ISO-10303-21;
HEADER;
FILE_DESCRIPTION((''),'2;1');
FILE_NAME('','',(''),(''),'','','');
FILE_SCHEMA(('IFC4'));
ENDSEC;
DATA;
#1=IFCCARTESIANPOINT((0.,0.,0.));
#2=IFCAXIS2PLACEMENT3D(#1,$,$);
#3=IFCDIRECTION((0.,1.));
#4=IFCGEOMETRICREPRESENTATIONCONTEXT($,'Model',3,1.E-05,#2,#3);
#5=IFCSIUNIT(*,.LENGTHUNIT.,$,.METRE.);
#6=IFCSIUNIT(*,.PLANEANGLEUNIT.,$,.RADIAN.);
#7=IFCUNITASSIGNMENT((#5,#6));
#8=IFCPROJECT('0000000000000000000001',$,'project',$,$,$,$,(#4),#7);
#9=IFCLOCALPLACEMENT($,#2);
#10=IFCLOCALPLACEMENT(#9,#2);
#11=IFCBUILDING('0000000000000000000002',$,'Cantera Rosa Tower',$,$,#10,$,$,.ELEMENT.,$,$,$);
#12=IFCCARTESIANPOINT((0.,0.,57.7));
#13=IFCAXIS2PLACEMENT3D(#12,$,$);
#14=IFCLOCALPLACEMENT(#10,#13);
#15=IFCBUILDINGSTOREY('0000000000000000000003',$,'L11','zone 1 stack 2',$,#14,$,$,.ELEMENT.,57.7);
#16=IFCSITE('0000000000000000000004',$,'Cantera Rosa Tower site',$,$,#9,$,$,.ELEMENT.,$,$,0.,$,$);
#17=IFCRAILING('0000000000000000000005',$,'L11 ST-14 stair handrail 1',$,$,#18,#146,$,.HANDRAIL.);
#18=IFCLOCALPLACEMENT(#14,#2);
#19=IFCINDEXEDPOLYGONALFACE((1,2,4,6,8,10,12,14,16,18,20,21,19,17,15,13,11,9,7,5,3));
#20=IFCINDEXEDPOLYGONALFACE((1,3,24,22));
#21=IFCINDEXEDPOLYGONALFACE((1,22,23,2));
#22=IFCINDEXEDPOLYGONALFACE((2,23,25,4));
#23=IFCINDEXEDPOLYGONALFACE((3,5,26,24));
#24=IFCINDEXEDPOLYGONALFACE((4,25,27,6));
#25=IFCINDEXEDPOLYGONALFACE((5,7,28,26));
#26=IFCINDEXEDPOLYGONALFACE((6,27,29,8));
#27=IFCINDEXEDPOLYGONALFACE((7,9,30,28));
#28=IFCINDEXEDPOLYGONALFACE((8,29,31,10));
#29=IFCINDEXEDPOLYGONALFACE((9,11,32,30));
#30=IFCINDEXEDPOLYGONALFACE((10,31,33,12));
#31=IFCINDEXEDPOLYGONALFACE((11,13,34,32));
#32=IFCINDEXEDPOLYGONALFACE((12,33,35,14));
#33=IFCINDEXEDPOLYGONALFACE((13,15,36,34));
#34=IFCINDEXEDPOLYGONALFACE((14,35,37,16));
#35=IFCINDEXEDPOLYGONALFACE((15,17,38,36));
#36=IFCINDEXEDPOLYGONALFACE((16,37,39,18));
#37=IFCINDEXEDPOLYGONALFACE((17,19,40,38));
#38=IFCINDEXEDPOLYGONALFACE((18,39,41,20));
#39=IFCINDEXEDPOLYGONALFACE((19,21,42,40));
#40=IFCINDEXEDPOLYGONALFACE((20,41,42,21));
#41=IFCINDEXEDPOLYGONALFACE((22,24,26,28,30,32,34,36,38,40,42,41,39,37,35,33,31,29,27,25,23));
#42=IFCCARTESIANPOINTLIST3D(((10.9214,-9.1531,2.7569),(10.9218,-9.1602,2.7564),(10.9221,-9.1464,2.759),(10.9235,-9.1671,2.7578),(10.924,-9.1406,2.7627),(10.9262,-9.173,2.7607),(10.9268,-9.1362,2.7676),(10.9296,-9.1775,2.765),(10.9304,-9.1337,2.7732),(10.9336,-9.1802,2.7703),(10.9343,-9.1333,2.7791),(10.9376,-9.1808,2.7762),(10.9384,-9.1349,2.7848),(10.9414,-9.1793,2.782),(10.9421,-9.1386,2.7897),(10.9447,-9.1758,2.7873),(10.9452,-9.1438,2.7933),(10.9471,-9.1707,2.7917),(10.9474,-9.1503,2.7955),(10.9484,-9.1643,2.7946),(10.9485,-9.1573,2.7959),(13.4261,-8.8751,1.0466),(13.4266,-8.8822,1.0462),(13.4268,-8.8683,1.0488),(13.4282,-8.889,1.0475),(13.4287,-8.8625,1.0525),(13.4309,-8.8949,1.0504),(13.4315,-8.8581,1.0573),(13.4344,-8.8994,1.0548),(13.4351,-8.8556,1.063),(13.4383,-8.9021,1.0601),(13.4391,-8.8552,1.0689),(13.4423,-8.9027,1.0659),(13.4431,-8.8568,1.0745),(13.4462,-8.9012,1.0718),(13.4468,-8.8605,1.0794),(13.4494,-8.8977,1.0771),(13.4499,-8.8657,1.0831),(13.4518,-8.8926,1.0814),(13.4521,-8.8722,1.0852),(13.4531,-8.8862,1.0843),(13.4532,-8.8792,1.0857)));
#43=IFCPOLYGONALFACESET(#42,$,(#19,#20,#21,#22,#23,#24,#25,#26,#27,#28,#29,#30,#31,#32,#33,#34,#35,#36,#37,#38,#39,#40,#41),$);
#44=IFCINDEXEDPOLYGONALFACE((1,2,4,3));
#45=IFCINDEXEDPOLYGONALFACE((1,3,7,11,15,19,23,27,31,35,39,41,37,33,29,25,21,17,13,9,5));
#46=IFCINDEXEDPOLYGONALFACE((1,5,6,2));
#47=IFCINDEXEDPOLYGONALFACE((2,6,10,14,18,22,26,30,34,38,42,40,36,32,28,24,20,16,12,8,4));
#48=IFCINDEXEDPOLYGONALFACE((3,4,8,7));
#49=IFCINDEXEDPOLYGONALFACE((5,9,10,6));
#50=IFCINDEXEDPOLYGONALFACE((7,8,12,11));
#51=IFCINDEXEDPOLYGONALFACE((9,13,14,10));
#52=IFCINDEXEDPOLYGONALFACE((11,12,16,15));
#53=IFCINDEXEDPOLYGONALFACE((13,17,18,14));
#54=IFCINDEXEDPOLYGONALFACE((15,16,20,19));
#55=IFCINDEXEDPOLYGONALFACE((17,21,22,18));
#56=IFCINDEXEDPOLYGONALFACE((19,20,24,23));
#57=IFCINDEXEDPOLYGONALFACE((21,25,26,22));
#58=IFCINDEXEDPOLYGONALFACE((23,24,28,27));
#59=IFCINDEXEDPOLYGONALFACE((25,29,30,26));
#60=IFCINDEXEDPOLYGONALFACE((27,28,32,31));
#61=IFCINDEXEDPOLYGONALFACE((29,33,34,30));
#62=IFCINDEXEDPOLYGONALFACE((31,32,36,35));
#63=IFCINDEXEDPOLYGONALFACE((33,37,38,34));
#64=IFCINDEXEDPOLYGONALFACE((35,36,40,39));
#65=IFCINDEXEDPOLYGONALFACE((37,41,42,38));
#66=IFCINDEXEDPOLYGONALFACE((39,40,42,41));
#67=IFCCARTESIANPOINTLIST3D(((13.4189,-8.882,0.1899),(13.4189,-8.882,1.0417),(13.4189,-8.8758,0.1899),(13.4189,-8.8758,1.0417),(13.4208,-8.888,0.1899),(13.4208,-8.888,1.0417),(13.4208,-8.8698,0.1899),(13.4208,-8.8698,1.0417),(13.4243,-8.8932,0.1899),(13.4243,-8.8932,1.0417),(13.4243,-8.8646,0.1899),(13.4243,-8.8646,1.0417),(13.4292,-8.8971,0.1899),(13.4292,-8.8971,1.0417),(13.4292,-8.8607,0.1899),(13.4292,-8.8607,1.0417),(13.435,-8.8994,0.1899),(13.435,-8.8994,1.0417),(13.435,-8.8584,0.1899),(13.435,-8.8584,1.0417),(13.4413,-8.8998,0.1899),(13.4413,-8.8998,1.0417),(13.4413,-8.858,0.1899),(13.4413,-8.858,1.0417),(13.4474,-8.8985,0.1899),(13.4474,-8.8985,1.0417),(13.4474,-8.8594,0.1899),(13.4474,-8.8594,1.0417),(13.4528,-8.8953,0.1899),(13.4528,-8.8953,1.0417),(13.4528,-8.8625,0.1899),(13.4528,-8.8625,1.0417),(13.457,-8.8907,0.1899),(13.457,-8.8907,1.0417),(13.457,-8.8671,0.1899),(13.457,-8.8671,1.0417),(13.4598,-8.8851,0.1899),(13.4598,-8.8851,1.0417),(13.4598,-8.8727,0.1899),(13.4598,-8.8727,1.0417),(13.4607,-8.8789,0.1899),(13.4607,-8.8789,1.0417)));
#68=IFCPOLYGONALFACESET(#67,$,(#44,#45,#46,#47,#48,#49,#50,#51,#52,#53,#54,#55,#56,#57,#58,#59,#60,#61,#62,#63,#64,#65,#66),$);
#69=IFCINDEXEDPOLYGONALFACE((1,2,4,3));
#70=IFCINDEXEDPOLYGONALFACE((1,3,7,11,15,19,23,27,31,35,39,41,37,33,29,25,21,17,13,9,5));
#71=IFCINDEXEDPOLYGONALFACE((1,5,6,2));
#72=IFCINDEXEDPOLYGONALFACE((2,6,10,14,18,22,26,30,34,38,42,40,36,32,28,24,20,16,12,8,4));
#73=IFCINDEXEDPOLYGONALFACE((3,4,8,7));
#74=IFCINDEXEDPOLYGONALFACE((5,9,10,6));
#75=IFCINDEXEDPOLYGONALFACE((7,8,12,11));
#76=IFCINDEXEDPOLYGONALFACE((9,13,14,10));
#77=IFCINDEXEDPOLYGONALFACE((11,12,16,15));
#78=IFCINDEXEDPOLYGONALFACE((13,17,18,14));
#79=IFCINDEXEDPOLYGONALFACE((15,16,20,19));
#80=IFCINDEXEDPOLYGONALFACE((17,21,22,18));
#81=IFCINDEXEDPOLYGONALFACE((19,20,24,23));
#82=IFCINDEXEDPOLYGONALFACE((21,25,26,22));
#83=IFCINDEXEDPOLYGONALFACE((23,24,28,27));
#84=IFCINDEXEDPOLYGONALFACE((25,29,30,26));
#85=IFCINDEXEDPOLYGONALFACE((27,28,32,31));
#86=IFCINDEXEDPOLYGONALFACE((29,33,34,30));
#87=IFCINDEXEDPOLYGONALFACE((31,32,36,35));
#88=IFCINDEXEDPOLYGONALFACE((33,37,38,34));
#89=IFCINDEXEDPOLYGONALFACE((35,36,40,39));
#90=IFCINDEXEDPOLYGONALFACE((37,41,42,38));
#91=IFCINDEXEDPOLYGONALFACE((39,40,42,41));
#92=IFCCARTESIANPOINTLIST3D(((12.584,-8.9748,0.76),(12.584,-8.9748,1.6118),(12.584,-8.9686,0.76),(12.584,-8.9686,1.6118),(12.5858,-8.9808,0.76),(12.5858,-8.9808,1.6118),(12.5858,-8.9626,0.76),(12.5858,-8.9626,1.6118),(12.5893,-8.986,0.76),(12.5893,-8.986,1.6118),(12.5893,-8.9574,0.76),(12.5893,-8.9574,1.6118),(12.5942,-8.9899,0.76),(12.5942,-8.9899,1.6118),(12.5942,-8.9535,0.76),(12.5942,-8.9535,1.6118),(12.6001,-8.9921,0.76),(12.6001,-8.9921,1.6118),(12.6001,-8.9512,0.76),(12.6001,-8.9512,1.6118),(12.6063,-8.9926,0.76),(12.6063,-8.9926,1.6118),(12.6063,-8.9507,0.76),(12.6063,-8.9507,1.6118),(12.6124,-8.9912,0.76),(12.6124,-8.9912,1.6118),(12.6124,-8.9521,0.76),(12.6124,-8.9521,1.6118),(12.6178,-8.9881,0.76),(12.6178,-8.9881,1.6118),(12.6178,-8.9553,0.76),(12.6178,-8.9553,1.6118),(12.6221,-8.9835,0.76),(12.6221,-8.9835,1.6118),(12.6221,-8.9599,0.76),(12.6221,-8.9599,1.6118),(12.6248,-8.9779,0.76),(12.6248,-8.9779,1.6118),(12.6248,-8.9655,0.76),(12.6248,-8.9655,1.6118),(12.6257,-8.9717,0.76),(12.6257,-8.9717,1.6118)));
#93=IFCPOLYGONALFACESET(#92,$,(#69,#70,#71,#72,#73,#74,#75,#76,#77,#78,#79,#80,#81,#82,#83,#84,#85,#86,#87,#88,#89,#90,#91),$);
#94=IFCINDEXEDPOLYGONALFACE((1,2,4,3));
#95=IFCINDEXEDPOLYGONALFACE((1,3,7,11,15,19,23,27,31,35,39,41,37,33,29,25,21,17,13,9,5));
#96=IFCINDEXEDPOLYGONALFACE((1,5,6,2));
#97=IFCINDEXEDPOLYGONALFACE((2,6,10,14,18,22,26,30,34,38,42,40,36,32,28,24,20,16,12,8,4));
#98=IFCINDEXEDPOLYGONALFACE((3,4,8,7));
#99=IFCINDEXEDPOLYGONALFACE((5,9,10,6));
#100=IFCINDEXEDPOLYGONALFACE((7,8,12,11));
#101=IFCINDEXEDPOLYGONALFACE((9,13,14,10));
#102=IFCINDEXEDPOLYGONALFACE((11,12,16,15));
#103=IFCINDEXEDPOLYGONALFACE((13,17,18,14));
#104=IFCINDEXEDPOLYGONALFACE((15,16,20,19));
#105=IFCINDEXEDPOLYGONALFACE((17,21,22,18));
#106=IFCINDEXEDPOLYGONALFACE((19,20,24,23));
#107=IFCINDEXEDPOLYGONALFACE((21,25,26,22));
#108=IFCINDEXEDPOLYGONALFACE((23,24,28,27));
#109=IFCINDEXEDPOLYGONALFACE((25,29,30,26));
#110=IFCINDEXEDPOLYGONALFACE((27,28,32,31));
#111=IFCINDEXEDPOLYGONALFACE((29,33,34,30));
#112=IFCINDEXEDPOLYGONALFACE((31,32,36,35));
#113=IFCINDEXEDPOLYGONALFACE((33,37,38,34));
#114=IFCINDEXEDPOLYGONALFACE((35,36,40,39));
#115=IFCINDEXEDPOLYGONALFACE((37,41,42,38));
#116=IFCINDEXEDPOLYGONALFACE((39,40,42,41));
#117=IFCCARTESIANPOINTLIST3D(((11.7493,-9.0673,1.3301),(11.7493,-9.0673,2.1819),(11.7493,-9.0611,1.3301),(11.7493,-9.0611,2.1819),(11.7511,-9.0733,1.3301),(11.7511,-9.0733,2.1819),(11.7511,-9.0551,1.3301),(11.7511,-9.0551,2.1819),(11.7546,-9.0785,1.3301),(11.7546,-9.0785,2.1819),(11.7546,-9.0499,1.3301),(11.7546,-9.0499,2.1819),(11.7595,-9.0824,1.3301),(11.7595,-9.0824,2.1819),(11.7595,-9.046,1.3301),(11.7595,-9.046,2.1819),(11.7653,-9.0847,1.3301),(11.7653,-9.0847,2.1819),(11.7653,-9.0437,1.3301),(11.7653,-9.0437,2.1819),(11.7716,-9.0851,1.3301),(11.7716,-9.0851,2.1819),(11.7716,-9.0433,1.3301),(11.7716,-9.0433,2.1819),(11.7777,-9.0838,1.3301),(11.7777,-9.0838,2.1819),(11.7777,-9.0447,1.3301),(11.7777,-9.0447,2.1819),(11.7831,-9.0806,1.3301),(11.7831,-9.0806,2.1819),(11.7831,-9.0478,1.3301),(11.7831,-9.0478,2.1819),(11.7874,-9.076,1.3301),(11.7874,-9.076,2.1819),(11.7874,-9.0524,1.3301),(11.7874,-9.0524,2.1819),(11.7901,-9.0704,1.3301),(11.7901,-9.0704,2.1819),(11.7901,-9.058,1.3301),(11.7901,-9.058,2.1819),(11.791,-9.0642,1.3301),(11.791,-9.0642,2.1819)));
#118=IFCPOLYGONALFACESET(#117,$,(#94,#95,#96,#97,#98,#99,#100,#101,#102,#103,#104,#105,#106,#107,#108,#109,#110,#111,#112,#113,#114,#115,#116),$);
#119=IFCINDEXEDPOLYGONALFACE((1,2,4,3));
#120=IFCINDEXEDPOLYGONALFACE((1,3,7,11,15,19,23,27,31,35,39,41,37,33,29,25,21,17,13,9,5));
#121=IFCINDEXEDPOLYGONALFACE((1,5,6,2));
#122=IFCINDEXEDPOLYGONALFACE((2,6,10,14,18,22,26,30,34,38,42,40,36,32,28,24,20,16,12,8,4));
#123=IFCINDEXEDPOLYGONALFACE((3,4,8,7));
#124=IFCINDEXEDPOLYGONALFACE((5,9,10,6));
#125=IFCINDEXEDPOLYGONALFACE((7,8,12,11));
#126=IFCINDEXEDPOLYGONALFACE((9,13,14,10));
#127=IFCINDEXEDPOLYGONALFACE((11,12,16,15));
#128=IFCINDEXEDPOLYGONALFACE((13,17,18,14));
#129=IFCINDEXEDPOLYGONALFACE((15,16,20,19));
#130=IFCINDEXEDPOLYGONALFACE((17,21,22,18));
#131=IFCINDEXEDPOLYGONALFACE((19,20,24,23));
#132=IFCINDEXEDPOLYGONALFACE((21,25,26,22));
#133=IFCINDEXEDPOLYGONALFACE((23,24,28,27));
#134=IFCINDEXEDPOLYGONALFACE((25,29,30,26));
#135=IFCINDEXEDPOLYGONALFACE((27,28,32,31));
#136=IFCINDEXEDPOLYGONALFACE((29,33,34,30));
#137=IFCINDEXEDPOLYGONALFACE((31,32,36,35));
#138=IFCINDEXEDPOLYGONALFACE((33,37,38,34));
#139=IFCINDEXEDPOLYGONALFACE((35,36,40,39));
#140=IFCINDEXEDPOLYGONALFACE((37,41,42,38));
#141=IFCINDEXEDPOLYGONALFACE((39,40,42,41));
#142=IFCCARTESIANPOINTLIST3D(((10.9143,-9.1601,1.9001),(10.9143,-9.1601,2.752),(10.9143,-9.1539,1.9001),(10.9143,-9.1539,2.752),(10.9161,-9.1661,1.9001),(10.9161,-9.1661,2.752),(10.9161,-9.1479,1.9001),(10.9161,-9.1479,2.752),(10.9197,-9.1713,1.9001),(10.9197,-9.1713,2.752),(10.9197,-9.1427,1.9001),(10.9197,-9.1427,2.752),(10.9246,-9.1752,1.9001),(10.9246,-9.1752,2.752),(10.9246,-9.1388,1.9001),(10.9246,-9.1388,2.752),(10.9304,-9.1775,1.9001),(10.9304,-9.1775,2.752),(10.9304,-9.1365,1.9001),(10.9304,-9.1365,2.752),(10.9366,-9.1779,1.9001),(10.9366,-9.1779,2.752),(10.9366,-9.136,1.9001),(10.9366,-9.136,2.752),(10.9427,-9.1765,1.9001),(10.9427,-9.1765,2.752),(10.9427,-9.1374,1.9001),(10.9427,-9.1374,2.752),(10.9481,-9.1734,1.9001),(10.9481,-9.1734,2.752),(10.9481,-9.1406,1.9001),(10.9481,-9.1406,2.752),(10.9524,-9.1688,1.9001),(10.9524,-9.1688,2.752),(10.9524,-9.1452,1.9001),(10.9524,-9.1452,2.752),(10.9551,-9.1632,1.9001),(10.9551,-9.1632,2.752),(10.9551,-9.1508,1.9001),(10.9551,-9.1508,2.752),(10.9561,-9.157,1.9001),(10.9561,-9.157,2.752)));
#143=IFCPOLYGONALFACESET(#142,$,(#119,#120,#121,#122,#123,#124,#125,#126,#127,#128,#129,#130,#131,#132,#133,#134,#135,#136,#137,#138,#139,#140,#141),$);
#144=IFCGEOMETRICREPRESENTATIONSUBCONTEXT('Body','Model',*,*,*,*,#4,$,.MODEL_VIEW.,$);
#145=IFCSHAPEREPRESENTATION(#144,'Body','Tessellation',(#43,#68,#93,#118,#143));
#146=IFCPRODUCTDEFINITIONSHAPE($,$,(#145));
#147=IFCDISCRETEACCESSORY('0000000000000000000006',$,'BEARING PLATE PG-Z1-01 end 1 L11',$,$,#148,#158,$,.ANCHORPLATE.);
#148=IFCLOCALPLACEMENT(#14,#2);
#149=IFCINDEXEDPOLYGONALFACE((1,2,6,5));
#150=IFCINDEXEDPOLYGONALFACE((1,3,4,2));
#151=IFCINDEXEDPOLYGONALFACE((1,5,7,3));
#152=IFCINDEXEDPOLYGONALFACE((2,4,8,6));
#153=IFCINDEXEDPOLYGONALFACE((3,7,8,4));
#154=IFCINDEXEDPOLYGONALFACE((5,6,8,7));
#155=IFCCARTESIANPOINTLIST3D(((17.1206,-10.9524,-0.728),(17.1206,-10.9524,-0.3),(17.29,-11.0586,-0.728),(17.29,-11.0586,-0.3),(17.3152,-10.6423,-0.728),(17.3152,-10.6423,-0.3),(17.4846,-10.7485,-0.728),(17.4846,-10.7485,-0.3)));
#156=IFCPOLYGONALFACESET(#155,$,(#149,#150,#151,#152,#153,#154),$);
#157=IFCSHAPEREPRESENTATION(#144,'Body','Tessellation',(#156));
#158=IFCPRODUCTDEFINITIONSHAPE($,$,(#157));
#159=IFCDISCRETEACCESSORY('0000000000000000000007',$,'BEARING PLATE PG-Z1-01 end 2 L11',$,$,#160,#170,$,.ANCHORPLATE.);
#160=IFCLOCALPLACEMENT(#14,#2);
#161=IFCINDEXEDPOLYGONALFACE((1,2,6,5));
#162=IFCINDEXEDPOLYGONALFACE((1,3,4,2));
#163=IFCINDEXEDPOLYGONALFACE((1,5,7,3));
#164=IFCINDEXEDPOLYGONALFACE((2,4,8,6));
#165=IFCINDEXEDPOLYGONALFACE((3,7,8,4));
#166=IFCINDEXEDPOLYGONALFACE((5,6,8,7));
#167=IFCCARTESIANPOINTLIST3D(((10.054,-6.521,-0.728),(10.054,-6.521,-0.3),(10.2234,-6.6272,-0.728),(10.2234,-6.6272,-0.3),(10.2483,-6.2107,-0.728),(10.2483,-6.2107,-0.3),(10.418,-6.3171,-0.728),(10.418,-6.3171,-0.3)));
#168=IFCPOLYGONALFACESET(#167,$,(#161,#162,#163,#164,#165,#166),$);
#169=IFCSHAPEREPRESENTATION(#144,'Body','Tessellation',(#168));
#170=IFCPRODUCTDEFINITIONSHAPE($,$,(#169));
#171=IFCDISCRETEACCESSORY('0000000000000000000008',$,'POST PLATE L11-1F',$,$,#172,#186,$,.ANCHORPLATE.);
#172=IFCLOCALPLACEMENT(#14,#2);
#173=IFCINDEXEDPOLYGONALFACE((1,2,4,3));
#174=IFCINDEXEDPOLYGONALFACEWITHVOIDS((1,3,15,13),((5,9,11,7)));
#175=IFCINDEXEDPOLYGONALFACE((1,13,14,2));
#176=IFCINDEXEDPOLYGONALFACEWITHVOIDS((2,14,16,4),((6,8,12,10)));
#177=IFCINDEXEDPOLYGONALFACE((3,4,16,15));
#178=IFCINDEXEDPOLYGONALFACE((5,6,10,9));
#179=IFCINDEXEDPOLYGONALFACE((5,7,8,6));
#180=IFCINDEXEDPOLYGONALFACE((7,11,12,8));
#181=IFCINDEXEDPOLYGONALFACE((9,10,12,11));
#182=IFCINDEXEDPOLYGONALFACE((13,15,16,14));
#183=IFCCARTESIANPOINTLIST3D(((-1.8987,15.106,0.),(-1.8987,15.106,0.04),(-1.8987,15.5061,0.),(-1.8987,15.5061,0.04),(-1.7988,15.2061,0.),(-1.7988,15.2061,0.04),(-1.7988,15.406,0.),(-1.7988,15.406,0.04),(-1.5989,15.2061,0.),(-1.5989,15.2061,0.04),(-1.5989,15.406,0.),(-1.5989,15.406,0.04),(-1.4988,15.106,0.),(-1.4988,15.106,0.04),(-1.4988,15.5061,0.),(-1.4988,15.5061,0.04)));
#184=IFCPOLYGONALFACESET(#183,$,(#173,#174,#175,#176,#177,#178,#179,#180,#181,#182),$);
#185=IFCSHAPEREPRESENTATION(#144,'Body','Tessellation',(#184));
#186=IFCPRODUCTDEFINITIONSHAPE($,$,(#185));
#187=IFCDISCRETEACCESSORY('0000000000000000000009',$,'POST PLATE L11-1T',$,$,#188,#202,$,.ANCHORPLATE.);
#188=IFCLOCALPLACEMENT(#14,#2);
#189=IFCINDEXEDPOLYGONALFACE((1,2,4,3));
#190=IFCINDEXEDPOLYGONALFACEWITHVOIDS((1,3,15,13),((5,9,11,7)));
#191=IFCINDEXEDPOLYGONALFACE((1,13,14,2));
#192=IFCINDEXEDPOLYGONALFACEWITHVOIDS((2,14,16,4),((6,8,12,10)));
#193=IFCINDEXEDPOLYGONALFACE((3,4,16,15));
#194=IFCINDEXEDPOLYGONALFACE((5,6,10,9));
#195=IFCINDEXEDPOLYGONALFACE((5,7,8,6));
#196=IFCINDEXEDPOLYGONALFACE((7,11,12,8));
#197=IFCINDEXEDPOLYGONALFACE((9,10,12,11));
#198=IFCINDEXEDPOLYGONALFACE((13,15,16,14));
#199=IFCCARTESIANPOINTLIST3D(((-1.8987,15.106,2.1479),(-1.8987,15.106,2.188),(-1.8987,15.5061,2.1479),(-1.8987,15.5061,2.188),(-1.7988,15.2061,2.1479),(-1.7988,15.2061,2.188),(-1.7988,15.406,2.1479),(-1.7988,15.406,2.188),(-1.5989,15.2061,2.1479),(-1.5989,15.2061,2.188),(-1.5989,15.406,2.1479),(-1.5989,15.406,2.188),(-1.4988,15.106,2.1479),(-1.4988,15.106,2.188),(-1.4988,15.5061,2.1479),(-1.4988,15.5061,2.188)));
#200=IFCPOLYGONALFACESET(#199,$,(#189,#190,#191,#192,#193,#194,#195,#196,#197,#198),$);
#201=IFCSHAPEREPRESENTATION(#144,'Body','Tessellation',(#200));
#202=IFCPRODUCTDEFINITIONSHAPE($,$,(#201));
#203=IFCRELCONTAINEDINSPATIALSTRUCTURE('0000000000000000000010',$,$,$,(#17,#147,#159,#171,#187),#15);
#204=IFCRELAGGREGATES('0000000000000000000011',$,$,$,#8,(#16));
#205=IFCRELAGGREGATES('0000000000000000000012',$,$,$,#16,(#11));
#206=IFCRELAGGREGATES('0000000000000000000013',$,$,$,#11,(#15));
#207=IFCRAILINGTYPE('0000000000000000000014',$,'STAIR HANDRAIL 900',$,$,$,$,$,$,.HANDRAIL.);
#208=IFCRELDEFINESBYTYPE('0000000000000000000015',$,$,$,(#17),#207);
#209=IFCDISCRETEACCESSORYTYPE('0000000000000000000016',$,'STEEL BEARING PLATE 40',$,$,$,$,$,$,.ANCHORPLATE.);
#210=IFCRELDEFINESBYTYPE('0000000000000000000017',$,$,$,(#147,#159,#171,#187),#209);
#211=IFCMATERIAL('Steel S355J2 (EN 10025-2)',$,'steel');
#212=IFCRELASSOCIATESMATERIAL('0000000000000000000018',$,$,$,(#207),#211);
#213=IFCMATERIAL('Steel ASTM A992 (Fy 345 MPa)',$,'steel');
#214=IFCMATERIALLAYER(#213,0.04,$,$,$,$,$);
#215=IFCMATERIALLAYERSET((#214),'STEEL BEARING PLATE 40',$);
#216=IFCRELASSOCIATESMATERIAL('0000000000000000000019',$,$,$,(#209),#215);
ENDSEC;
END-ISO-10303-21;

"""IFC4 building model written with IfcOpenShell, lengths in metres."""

from ifc_helpers import new_model, si_unit, direction, frame, origin, origin_2d, place, context, subcontext, project, spatial, polyline, circle, outline, extrude, material, layer, layer_set, type_object, element, save


model = new_model("IFC4")

# Units and contexts
model_context = context("Model", 3, precision=1e-05, world=origin(), true_north=direction((0.0, 1.0)))
body_context = subcontext(model_context, "Body", "Model", "MODEL_VIEW")
ifc_project = project(units=[si_unit("LENGTHUNIT", "METRE"), si_unit("PLANEANGLEUNIT", "RADIAN")], contexts=[model_context])

# Site, building, storey
site_placement = place(None, origin())
site = spatial("IfcSite", under=ifc_project, at=site_placement, Name="Cantera Rosa Tower site", CompositionType="ELEMENT", RefElevation=0.0)
building_placement = place(site_placement, origin())
building = spatial("IfcBuilding", under=site, at=building_placement, Name="Cantera Rosa Tower", CompositionType="ELEMENT")
storey_placement = place(building_placement, frame((0.0, 0.0, 57.7)))
storey = spatial("IfcBuildingStorey", under=building, at=storey_placement, Name="L11", Description="zone 1 stack 2", CompositionType="ELEMENT", Elevation=57.7)

# Railing
ifc_material_1 = material(Name="Steel S355J2 (EN 10025-2)", Category="steel")
railing_type_1 = type_object("IfcRailingType", Name="STAIR HANDRAIL 900", PredefinedType="HANDRAIL", material=ifc_material_1)
railing_1_placement = place(storey_placement, frame((13.4397, -8.8789, 0.1899)))
element("IfcRailing", 1, at=railing_1_placement, inside=storey, type_object=railing_type_1, Name="L11 ST-14 stair handrail 1", PredefinedType="HANDRAIL", context=body_context, shape_type="SweptSolid", body=[
    extrude(circle(Radius=0.0239, at=origin_2d()), frame((0.0, 0.0, 0.876), z_axis=(-0.822394, -0.091306, 0.561543), x_axis=(0.110346, -0.993893, 0.0)), (0.0, 0.0, 1.0), 3.0457),
    extrude(circle(Radius=0.021, at=origin_2d()), origin(), (0.0, 0.0, 1.0), 0.8518),
    extrude(circle(Radius=0.021, at=origin_2d()), frame((-0.835, -0.0928, 0.5701)), (0.0, 0.0, 1.0), 0.8518),
    extrude(circle(Radius=0.021, at=origin_2d()), frame((-1.6697, -0.1853, 1.1401)), (0.0, 0.0, 1.0), 0.8518),
    extrude(circle(Radius=0.021, at=origin_2d()), frame((-2.5046, -0.2781, 1.7102)), (0.0, 0.0, 1.0), 0.8518),
])

# Discrete accessories
ifc_material_2 = material(Name="Steel ASTM A992 (Fy 345 MPa)", Category="steel")
ifc_layer_1 = layer(ifc_material_2, 0.04)
ifc_layer_set_1 = layer_set([ifc_layer_1], Name="STEEL BEARING PLATE 40")
discrete_accessory_type = type_object("IfcDiscreteAccessoryType", Name="STEEL BEARING PLATE 40", PredefinedType="ANCHORPLATE", material=ifc_layer_set_1)
discrete_accessory_1_placement = place(storey_placement, frame((0.0, 0.0, -0.728)))
element("IfcDiscreteAccessory", 2, at=discrete_accessory_1_placement, inside=storey, type_object=discrete_accessory_type, Name="BEARING PLATE PG-Z1-01 end 1 L11", PredefinedType="ANCHORPLATE", context=body_context, shape_type="SweptSolid", body=[
    extrude(outline(polyline([(17.1206, -10.9524), (17.29, -11.0586), (17.4846, -10.7485), (17.3152, -10.6423), (17.1206, -10.9524)])), origin(), (0.0, 0.0, 1.0), 0.428),
])
discrete_accessory_2_placement = place(storey_placement, frame((0.0, 0.0, -0.728)))
element("IfcDiscreteAccessory", 3, at=discrete_accessory_2_placement, inside=storey, type_object=discrete_accessory_type, Name="BEARING PLATE PG-Z1-01 end 2 L11", PredefinedType="ANCHORPLATE", context=body_context, shape_type="SweptSolid", body=[
    extrude(outline(polyline([(10.418, -6.3171), (10.2483, -6.2107), (10.054, -6.521), (10.2234, -6.6272), (10.418, -6.3171)])), origin(), (0.0, 0.0, 1.0), 0.428),
])
for number, where, name in (
    (4, (0.0, 0.0, 0.0), "POST PLATE L11-1F"),
    (5, (0.0, 0.0, 2.1479), "POST PLATE L11-1T"),
):
    element("IfcDiscreteAccessory", number, at=place(storey_placement, frame(where)), inside=storey, type_object=discrete_accessory_type, Name=name, PredefinedType="ANCHORPLATE", context=body_context, shape_type="SweptSolid", body=[
        extrude(outline(polyline([(-1.8987, 15.106), (-1.4988, 15.106), (-1.4988, 15.5061), (-1.8987, 15.5061), (-1.8987, 15.106)]), holes=[polyline([(-1.7988, 15.2061), (-1.5989, 15.2061), (-1.5989, 15.406), (-1.7988, 15.406), (-1.7988, 15.2061)])]), origin(), (0.0, 0.0, 1.0), 0.04),
    ])

save(model, "model.ifc")
